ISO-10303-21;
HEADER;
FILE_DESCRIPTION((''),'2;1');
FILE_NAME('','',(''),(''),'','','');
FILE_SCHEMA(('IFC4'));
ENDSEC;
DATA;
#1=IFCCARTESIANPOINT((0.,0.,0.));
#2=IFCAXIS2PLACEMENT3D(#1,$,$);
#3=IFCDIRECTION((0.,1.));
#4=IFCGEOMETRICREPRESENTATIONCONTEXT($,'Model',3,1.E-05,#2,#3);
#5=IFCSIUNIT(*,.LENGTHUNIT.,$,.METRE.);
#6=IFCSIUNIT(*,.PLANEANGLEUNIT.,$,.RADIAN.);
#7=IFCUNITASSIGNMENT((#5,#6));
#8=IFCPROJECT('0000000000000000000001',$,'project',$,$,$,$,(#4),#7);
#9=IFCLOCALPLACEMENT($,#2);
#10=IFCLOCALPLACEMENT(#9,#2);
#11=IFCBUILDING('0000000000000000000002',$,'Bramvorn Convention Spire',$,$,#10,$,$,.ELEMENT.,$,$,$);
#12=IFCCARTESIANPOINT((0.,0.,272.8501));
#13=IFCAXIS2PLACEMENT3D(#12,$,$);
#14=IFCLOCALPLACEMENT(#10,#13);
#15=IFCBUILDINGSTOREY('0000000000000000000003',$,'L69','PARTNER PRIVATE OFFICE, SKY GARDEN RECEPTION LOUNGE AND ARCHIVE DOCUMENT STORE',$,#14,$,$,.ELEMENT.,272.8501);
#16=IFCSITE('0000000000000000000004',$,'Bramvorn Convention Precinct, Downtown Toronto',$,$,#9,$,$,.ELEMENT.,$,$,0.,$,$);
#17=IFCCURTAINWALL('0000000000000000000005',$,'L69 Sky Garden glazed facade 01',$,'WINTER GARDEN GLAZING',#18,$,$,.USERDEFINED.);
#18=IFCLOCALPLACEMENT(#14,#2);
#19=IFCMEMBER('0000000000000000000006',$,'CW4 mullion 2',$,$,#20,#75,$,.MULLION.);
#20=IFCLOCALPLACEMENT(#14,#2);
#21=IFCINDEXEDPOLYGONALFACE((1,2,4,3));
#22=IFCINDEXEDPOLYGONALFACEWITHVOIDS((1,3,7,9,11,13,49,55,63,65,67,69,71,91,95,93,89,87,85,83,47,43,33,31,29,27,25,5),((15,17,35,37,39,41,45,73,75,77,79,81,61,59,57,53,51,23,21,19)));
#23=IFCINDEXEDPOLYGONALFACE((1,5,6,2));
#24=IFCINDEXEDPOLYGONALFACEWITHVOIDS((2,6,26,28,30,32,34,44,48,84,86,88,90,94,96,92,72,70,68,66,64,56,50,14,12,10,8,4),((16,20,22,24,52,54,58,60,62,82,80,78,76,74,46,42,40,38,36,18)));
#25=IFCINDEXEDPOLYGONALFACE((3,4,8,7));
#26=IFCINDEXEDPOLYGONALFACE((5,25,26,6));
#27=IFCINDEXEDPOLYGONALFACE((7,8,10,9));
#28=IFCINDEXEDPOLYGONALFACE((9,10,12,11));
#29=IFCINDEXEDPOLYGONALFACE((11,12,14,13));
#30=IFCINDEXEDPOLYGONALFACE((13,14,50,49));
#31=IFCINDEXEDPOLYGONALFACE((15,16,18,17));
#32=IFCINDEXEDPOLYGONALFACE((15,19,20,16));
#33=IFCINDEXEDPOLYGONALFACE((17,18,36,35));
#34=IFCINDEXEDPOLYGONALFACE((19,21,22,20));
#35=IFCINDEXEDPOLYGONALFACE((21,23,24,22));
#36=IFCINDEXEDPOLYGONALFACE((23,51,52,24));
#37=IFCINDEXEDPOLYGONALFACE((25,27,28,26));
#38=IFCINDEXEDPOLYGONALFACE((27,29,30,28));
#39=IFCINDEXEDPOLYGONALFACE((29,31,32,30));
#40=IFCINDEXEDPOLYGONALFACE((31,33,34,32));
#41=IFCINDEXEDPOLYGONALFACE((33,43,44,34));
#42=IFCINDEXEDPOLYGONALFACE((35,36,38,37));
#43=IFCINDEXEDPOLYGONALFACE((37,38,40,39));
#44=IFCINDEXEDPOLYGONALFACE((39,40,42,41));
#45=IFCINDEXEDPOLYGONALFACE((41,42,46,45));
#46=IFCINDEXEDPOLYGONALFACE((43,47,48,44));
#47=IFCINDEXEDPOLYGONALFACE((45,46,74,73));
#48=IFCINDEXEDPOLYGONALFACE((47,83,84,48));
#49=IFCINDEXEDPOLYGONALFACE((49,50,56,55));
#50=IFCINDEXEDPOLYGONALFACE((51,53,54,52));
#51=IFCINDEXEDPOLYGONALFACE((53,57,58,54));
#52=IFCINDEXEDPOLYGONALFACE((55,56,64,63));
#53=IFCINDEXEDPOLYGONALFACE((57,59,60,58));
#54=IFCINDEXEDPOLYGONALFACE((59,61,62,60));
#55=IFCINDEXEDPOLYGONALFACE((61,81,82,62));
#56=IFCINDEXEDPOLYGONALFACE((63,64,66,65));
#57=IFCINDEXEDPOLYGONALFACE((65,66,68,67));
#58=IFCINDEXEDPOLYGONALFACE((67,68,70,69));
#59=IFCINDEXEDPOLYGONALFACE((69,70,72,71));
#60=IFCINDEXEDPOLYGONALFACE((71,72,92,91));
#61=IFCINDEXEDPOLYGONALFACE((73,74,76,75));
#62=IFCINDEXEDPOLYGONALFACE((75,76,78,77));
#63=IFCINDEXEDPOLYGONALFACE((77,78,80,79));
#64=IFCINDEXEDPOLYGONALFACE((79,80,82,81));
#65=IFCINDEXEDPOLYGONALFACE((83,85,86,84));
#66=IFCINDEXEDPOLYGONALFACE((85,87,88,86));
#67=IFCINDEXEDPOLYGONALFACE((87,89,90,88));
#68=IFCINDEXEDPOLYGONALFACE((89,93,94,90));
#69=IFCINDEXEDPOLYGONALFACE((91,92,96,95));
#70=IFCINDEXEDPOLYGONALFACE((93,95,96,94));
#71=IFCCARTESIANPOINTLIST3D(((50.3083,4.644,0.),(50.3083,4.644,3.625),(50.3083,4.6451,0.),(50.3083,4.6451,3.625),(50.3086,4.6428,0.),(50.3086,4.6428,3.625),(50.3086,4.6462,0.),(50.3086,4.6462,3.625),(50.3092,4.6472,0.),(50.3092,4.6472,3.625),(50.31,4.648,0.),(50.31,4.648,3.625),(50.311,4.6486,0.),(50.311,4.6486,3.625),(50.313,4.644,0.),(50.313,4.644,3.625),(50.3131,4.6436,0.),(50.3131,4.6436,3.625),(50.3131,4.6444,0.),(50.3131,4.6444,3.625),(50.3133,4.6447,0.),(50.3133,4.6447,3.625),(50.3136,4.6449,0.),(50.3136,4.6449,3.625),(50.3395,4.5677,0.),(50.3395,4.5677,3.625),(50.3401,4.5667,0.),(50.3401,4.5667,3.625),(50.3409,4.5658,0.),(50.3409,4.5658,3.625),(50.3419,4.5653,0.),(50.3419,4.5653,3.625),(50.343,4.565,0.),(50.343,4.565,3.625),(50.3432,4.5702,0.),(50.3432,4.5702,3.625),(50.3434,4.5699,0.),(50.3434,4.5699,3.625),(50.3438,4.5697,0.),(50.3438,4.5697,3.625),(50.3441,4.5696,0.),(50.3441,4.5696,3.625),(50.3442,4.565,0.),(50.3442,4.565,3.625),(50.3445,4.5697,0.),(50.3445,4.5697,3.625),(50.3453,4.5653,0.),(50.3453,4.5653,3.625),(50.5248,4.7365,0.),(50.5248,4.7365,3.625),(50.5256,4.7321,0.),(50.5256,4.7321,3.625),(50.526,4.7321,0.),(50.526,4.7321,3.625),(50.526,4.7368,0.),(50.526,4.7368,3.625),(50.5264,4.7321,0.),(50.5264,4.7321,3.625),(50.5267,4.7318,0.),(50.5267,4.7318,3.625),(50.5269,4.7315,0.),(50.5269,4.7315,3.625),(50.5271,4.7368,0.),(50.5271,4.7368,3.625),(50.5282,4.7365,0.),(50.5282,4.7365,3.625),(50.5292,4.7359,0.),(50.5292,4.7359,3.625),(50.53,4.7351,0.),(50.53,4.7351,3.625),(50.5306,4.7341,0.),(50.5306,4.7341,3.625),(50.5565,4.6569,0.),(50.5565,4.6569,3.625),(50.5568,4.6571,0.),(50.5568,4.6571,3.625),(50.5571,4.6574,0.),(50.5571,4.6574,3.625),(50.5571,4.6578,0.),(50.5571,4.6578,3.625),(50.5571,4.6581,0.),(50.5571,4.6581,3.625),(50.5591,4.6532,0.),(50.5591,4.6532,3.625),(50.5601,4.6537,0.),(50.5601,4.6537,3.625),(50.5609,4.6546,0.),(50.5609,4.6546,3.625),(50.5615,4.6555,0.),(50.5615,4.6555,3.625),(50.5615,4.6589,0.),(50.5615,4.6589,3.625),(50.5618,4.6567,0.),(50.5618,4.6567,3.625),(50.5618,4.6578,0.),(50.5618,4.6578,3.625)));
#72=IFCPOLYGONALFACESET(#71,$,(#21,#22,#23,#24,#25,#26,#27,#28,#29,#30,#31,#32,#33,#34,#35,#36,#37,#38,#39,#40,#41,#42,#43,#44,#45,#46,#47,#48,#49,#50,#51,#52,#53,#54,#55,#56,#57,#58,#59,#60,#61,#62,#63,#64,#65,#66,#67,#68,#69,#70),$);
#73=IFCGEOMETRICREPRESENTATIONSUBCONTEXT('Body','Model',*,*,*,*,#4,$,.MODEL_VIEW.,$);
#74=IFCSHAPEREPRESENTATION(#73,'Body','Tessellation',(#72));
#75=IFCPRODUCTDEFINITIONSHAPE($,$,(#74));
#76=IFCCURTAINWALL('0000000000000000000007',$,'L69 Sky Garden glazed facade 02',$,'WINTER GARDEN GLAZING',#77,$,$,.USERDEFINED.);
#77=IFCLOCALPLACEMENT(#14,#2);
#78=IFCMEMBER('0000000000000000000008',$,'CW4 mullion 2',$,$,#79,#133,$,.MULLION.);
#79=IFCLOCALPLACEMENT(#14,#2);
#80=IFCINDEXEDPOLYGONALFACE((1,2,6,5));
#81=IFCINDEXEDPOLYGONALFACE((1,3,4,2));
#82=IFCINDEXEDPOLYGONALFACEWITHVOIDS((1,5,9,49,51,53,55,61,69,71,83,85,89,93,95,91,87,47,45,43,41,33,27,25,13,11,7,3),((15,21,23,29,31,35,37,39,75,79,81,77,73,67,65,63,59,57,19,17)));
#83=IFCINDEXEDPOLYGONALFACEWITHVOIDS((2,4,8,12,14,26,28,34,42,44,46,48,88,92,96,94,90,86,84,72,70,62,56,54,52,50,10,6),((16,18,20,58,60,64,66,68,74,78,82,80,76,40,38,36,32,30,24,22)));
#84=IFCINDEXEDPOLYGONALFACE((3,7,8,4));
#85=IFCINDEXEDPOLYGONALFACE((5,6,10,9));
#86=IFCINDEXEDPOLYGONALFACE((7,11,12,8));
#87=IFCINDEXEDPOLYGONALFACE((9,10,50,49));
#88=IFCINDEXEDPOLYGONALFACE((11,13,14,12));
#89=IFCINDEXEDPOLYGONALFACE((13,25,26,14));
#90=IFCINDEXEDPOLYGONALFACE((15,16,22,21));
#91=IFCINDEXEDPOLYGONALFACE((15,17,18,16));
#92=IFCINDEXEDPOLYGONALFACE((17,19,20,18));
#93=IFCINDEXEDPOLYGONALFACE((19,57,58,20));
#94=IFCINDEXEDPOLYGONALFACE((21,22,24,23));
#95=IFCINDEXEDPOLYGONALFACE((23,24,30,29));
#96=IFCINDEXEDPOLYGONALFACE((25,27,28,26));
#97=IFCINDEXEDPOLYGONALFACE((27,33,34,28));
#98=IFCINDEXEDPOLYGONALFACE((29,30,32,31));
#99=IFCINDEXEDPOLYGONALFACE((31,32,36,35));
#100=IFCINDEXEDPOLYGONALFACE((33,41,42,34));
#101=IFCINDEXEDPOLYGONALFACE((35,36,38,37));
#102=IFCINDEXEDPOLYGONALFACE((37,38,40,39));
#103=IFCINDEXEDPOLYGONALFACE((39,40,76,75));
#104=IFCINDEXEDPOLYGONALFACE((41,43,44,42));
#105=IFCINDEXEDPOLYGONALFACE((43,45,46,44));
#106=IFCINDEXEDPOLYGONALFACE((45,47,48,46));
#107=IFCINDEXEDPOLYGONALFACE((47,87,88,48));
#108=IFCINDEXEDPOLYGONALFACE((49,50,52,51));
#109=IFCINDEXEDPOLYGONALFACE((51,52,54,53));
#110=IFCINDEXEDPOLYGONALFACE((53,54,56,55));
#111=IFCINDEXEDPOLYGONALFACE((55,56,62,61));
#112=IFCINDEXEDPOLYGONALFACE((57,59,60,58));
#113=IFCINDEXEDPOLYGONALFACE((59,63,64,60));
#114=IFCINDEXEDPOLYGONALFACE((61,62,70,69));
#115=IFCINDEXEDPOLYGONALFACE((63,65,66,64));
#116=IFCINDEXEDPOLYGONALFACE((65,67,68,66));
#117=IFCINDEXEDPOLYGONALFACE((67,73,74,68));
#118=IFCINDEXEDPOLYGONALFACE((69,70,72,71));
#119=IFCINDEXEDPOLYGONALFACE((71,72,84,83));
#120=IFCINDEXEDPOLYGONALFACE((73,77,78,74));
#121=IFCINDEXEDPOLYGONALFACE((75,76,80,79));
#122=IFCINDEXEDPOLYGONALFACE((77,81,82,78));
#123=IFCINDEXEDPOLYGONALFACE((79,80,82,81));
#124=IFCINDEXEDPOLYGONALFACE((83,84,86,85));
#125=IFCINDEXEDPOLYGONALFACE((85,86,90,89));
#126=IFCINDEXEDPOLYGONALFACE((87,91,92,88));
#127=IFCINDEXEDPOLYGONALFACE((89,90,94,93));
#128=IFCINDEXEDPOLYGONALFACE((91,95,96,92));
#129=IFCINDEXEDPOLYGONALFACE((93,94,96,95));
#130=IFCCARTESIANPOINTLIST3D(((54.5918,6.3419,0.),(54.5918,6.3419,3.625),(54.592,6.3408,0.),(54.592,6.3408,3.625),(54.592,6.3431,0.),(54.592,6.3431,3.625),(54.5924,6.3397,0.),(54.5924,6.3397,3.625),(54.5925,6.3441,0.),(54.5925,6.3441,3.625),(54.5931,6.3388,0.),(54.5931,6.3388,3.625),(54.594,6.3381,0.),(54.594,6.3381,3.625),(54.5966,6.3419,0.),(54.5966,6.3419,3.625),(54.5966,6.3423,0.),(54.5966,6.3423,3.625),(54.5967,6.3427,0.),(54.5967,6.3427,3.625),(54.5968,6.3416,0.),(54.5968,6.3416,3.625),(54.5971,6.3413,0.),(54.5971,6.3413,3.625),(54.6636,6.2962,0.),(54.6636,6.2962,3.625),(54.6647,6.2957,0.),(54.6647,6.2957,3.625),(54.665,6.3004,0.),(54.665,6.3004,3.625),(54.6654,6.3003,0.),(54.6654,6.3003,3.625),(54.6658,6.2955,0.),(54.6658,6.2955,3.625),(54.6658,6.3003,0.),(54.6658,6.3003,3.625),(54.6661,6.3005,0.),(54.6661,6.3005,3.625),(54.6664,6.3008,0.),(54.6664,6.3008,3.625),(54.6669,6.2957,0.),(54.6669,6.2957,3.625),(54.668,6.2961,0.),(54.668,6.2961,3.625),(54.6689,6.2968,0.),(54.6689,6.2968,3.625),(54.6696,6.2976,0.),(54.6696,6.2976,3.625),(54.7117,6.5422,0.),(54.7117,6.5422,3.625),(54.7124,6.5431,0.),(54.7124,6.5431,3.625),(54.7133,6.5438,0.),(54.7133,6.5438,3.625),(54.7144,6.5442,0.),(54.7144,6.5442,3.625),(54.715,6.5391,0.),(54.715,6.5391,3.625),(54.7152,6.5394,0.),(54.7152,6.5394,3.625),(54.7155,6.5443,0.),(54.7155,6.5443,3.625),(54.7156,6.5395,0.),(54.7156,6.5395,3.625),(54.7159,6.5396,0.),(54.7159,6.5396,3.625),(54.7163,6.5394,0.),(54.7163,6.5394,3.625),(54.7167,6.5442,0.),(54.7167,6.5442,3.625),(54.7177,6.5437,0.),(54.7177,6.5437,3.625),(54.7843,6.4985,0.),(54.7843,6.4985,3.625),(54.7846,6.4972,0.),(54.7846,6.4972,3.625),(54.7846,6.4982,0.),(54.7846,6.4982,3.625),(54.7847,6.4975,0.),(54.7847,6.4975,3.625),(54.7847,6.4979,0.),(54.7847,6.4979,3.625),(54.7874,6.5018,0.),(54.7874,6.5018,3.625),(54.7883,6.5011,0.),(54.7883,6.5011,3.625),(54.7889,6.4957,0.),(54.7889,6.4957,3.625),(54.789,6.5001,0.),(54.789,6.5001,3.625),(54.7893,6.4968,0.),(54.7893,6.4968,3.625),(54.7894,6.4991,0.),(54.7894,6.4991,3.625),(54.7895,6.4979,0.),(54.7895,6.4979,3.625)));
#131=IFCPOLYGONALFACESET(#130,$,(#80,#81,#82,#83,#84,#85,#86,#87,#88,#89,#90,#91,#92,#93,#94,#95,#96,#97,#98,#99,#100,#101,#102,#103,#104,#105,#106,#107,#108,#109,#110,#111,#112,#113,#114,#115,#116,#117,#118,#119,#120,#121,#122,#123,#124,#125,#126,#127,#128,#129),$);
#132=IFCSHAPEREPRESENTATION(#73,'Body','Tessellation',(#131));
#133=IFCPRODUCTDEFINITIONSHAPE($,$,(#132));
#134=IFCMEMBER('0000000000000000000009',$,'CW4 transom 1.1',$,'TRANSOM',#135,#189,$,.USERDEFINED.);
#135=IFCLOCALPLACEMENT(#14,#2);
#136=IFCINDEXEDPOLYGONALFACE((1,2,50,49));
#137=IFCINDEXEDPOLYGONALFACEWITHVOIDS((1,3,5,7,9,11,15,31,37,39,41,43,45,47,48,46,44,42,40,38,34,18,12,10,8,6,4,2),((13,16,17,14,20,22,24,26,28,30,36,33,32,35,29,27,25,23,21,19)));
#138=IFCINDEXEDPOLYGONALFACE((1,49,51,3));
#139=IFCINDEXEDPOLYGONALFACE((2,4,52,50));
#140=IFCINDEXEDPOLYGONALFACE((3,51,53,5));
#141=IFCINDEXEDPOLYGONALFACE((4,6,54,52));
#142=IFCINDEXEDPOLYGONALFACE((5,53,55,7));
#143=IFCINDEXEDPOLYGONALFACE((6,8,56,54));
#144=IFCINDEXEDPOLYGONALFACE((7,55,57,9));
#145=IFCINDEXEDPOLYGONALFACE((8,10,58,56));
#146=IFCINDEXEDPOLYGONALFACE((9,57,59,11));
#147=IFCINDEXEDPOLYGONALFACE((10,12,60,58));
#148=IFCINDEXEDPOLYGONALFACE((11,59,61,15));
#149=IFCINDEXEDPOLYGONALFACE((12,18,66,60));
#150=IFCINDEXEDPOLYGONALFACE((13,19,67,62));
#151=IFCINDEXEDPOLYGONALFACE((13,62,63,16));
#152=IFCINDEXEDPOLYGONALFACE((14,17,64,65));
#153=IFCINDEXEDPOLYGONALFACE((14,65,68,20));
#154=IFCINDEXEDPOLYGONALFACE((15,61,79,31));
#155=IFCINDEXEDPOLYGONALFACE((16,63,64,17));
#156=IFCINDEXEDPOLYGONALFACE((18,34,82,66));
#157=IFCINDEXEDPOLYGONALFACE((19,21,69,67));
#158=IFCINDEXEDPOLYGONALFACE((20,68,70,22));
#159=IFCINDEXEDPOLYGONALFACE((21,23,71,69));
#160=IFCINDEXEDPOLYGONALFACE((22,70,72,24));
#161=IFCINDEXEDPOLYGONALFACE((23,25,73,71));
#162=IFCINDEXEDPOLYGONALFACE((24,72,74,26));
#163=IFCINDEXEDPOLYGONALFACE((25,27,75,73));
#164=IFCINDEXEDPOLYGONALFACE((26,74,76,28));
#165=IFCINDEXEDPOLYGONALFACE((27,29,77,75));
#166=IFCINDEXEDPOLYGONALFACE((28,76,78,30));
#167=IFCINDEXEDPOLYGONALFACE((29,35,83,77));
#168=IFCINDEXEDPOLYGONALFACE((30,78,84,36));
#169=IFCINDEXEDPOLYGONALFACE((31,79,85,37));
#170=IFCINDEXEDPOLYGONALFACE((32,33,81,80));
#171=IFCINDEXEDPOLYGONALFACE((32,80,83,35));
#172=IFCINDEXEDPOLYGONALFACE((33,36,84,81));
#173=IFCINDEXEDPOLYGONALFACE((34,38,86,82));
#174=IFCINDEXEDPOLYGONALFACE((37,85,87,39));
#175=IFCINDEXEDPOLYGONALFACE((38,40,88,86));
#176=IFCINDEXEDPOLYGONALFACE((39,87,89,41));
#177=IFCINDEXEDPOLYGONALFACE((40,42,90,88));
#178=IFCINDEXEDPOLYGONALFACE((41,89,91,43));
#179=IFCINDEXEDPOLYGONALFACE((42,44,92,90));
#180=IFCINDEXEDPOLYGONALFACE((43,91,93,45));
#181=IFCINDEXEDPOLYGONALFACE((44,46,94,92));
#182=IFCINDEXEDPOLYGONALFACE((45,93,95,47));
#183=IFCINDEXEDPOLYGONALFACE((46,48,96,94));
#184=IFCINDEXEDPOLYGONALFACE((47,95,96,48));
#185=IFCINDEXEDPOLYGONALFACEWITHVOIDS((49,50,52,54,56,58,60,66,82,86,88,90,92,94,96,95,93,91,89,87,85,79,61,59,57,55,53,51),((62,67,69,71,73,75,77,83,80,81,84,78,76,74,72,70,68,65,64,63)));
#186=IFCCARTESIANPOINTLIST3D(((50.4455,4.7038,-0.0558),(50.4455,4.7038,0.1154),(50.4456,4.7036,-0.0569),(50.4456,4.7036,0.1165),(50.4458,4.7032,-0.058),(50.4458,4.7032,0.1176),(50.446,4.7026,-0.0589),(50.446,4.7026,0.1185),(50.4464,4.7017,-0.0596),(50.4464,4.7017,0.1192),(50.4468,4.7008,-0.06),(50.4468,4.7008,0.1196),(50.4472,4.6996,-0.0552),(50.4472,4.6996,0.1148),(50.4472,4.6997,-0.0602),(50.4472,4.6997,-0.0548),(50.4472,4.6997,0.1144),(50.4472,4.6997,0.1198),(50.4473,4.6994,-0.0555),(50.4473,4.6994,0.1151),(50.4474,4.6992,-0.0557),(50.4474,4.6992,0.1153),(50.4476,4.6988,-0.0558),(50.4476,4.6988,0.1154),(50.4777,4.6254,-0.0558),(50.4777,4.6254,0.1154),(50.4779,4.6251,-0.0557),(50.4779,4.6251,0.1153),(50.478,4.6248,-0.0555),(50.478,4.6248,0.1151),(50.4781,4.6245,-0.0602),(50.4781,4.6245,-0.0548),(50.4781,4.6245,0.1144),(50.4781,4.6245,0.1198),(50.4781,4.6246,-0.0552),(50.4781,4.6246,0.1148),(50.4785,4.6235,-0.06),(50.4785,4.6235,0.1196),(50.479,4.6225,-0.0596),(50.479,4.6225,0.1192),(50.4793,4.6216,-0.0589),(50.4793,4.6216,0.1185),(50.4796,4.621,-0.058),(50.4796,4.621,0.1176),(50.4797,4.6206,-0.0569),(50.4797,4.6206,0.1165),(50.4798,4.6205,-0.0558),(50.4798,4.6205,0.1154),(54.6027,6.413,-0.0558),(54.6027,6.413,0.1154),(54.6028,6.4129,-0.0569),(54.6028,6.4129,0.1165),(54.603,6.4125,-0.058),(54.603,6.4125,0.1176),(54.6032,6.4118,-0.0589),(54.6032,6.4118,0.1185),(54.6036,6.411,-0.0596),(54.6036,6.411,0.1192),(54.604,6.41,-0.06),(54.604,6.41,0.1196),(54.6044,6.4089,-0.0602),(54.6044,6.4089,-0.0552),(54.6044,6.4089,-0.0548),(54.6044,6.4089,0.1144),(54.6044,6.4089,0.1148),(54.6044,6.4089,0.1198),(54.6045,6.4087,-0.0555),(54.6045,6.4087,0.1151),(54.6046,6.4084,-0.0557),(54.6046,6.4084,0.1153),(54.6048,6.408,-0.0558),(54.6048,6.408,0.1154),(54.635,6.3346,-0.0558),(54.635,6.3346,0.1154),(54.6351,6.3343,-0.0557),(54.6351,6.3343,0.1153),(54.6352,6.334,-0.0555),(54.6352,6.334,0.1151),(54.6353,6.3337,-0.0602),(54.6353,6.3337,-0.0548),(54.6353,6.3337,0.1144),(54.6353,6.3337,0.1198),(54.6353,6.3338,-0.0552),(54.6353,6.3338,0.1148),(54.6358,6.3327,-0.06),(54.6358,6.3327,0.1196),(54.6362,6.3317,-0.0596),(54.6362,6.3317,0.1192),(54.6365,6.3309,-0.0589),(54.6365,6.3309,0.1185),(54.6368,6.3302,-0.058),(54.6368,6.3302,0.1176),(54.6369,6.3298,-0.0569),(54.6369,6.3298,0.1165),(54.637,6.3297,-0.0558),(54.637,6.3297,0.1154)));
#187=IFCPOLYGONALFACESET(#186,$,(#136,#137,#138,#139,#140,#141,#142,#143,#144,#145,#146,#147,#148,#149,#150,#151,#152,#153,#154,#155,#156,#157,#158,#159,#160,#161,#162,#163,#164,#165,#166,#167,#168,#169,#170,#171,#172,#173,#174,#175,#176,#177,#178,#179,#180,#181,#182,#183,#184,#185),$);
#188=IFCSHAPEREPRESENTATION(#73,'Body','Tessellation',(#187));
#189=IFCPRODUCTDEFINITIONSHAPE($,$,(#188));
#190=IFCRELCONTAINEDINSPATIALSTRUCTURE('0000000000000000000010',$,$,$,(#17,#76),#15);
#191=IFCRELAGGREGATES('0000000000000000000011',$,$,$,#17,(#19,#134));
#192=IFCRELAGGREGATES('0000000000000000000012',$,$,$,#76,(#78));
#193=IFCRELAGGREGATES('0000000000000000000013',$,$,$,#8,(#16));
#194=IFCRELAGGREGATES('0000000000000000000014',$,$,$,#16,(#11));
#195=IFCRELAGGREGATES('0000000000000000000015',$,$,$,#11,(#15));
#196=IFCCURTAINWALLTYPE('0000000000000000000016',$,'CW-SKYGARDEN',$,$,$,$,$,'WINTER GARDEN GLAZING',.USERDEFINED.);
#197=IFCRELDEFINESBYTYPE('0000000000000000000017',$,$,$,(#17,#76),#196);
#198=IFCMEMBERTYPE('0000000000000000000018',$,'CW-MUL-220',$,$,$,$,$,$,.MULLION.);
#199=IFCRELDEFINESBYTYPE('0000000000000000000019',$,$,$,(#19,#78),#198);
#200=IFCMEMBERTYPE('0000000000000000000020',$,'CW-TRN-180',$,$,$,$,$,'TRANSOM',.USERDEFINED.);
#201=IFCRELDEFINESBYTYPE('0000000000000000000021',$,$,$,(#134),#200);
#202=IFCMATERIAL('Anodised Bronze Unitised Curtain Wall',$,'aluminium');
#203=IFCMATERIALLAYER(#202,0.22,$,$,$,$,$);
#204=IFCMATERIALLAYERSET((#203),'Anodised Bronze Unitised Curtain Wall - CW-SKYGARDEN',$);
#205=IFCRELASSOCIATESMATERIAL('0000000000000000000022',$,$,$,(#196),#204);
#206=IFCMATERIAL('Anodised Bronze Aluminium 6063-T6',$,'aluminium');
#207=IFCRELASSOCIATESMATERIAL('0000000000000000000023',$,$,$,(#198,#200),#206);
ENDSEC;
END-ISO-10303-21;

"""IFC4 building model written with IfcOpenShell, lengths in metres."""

from ifc_helpers import new_model, si_unit, direction, frame, origin, origin_2d, place, context, subcontext, project, spatial, hollow_rectangle, extrude, material, layer, layer_set, material_profile, profile_set, type_object, element, aggregate, save


model = new_model("IFC4")

# Units and contexts
model_context = context("Model", 3, precision=1e-05, world=origin(), true_north=direction((0.0, 1.0)))
body_context = subcontext(model_context, "Body", "Model", "MODEL_VIEW")
ifc_project = project(units=[si_unit("LENGTHUNIT", "METRE"), si_unit("PLANEANGLEUNIT", "RADIAN")], contexts=[model_context])

# Site, building, storey
site_placement = place(None, origin())
site = spatial("IfcSite", under=ifc_project, at=site_placement, Name="Bramvorn Convention Precinct, Downtown Toronto", CompositionType="ELEMENT", RefElevation=0.0)
building_placement = place(site_placement, origin())
building = spatial("IfcBuilding", under=site, at=building_placement, Name="Bramvorn Convention Spire", CompositionType="ELEMENT")
storey_placement = place(building_placement, frame((0.0, 0.0, 272.8501)))
storey = spatial("IfcBuildingStorey", under=building, at=storey_placement, Name="L69", Description="PARTNER PRIVATE OFFICE, SKY GARDEN RECEPTION LOUNGE AND ARCHIVE DOCUMENT STORE", CompositionType="ELEMENT", Elevation=272.8501)

# Curtain wall, member
ifc_material_1 = material(Name="Anodised Bronze Unitised Curtain Wall", Category="aluminium")
ifc_layer_1 = layer(ifc_material_1, 0.22)
ifc_layer_set_1 = layer_set([ifc_layer_1], Name="Anodised Bronze Unitised Curtain Wall - CW-SKYGARDEN")
curtain_wall_type = type_object("IfcCurtainWallType", Name="CW-SKYGARDEN", ElementType="WINTER GARDEN GLAZING", PredefinedType="USERDEFINED", material=ifc_layer_set_1)
curtain_wall_1_placement = place(storey_placement, origin())
curtain_wall_1 = element("IfcCurtainWall", 1, at=curtain_wall_1_placement, inside=storey, type_object=curtain_wall_type, Name="L69 Sky Garden glazed facade 01", ObjectType="WINTER GARDEN GLAZING", PredefinedType="USERDEFINED")
ifc_material_2 = material(Name="Anodised Bronze Aluminium 6063-T6", Category="aluminium")
ifc_material_profile_1 = material_profile(ifc_material_2, hollow_rectangle(XDim=0.0901, YDim=0.24, WallThickness=0.0044, InnerFilletRadius=0.001, OuterFilletRadius=0.0044, at=origin_2d()))
ifc_profile_set_1 = profile_set([ifc_material_profile_1], Name="Anodised Bronze Aluminium 6063-T6 - CWM90X240")
member_type_1 = type_object("IfcMemberType", Name="CW-MUL-220", PredefinedType="MULLION", material=ifc_profile_set_1)
member_1_placement = place(storey_placement, frame((50.4351, 4.6509, 0.0), z_axis=(0.0, 0.0, 1.0), x_axis=(0.380258, -0.92488, 0.0)))
member_1 = element("IfcMember", 2, at=member_1_placement, type_object=member_type_1, Name="CW4 mullion 2", PredefinedType="MULLION", context=body_context, shape_type="SweptSolid", body=[
    extrude(hollow_rectangle(XDim=0.0901, YDim=0.24, WallThickness=0.0044, InnerFilletRadius=0.001, OuterFilletRadius=0.0044, at=origin_2d()), origin(), (0.0, 0.0, 1.0), 3.625),
])

# Curtain wall, member
curtain_wall_2_placement = place(storey_placement, origin())
curtain_wall_2 = element("IfcCurtainWall", 3, at=curtain_wall_2_placement, inside=storey, type_object=curtain_wall_type, Name="L69 Sky Garden glazed facade 02", ObjectType="WINTER GARDEN GLAZING", PredefinedType="USERDEFINED")
member_2_placement = place(storey_placement, frame((54.6907, 6.4199, 0.0), z_axis=(0.0, 0.0, 1.0), x_axis=(0.856763, -0.51571, 0.0)))
member_2 = element("IfcMember", 4, at=member_2_placement, type_object=member_type_1, Name="CW4 mullion 2", PredefinedType="MULLION", context=body_context, shape_type="SweptSolid", body=[
    extrude(hollow_rectangle(XDim=0.0901, YDim=0.24, WallThickness=0.0044, InnerFilletRadius=0.001, OuterFilletRadius=0.0044, at=origin_2d()), origin(), (0.0, 0.0, 1.0), 3.625),
])

# Member
ifc_material_profile_2 = material_profile(ifc_material_2, hollow_rectangle(XDim=0.0901, YDim=0.1799, WallThickness=0.0044, InnerFilletRadius=0.001, OuterFilletRadius=0.0044, at=origin_2d()))
ifc_profile_set_2 = profile_set([ifc_material_profile_2], Name="Anodised Bronze Aluminium 6063-T6 - CWT90X180")
member_type_2 = type_object("IfcMemberType", Name="CW-TRN-180", ElementType="TRANSOM", PredefinedType="USERDEFINED", material=ifc_profile_set_2)
member_3_placement = place(storey_placement, frame((54.6199, 6.3713, 0.0298), z_axis=(-0.924879, -0.380261, 0.0), x_axis=(0.380261, -0.924879, 0.0)))
member_3 = element("IfcMember", 5, at=member_3_placement, type_object=member_type_2, Name="CW4 transom 1.1", ObjectType="TRANSOM", PredefinedType="USERDEFINED", context=body_context, shape_type="SweptSolid", body=[
    extrude(hollow_rectangle(XDim=0.0901, YDim=0.1799, WallThickness=0.0044, InnerFilletRadius=0.001, OuterFilletRadius=0.0044, at=origin_2d()), origin(), (0.0, 0.0, 1.0), 4.4949),
])

aggregate(curtain_wall_1, [member_1, member_3])
aggregate(curtain_wall_2, [member_2])

save(model, "model.ifc")
